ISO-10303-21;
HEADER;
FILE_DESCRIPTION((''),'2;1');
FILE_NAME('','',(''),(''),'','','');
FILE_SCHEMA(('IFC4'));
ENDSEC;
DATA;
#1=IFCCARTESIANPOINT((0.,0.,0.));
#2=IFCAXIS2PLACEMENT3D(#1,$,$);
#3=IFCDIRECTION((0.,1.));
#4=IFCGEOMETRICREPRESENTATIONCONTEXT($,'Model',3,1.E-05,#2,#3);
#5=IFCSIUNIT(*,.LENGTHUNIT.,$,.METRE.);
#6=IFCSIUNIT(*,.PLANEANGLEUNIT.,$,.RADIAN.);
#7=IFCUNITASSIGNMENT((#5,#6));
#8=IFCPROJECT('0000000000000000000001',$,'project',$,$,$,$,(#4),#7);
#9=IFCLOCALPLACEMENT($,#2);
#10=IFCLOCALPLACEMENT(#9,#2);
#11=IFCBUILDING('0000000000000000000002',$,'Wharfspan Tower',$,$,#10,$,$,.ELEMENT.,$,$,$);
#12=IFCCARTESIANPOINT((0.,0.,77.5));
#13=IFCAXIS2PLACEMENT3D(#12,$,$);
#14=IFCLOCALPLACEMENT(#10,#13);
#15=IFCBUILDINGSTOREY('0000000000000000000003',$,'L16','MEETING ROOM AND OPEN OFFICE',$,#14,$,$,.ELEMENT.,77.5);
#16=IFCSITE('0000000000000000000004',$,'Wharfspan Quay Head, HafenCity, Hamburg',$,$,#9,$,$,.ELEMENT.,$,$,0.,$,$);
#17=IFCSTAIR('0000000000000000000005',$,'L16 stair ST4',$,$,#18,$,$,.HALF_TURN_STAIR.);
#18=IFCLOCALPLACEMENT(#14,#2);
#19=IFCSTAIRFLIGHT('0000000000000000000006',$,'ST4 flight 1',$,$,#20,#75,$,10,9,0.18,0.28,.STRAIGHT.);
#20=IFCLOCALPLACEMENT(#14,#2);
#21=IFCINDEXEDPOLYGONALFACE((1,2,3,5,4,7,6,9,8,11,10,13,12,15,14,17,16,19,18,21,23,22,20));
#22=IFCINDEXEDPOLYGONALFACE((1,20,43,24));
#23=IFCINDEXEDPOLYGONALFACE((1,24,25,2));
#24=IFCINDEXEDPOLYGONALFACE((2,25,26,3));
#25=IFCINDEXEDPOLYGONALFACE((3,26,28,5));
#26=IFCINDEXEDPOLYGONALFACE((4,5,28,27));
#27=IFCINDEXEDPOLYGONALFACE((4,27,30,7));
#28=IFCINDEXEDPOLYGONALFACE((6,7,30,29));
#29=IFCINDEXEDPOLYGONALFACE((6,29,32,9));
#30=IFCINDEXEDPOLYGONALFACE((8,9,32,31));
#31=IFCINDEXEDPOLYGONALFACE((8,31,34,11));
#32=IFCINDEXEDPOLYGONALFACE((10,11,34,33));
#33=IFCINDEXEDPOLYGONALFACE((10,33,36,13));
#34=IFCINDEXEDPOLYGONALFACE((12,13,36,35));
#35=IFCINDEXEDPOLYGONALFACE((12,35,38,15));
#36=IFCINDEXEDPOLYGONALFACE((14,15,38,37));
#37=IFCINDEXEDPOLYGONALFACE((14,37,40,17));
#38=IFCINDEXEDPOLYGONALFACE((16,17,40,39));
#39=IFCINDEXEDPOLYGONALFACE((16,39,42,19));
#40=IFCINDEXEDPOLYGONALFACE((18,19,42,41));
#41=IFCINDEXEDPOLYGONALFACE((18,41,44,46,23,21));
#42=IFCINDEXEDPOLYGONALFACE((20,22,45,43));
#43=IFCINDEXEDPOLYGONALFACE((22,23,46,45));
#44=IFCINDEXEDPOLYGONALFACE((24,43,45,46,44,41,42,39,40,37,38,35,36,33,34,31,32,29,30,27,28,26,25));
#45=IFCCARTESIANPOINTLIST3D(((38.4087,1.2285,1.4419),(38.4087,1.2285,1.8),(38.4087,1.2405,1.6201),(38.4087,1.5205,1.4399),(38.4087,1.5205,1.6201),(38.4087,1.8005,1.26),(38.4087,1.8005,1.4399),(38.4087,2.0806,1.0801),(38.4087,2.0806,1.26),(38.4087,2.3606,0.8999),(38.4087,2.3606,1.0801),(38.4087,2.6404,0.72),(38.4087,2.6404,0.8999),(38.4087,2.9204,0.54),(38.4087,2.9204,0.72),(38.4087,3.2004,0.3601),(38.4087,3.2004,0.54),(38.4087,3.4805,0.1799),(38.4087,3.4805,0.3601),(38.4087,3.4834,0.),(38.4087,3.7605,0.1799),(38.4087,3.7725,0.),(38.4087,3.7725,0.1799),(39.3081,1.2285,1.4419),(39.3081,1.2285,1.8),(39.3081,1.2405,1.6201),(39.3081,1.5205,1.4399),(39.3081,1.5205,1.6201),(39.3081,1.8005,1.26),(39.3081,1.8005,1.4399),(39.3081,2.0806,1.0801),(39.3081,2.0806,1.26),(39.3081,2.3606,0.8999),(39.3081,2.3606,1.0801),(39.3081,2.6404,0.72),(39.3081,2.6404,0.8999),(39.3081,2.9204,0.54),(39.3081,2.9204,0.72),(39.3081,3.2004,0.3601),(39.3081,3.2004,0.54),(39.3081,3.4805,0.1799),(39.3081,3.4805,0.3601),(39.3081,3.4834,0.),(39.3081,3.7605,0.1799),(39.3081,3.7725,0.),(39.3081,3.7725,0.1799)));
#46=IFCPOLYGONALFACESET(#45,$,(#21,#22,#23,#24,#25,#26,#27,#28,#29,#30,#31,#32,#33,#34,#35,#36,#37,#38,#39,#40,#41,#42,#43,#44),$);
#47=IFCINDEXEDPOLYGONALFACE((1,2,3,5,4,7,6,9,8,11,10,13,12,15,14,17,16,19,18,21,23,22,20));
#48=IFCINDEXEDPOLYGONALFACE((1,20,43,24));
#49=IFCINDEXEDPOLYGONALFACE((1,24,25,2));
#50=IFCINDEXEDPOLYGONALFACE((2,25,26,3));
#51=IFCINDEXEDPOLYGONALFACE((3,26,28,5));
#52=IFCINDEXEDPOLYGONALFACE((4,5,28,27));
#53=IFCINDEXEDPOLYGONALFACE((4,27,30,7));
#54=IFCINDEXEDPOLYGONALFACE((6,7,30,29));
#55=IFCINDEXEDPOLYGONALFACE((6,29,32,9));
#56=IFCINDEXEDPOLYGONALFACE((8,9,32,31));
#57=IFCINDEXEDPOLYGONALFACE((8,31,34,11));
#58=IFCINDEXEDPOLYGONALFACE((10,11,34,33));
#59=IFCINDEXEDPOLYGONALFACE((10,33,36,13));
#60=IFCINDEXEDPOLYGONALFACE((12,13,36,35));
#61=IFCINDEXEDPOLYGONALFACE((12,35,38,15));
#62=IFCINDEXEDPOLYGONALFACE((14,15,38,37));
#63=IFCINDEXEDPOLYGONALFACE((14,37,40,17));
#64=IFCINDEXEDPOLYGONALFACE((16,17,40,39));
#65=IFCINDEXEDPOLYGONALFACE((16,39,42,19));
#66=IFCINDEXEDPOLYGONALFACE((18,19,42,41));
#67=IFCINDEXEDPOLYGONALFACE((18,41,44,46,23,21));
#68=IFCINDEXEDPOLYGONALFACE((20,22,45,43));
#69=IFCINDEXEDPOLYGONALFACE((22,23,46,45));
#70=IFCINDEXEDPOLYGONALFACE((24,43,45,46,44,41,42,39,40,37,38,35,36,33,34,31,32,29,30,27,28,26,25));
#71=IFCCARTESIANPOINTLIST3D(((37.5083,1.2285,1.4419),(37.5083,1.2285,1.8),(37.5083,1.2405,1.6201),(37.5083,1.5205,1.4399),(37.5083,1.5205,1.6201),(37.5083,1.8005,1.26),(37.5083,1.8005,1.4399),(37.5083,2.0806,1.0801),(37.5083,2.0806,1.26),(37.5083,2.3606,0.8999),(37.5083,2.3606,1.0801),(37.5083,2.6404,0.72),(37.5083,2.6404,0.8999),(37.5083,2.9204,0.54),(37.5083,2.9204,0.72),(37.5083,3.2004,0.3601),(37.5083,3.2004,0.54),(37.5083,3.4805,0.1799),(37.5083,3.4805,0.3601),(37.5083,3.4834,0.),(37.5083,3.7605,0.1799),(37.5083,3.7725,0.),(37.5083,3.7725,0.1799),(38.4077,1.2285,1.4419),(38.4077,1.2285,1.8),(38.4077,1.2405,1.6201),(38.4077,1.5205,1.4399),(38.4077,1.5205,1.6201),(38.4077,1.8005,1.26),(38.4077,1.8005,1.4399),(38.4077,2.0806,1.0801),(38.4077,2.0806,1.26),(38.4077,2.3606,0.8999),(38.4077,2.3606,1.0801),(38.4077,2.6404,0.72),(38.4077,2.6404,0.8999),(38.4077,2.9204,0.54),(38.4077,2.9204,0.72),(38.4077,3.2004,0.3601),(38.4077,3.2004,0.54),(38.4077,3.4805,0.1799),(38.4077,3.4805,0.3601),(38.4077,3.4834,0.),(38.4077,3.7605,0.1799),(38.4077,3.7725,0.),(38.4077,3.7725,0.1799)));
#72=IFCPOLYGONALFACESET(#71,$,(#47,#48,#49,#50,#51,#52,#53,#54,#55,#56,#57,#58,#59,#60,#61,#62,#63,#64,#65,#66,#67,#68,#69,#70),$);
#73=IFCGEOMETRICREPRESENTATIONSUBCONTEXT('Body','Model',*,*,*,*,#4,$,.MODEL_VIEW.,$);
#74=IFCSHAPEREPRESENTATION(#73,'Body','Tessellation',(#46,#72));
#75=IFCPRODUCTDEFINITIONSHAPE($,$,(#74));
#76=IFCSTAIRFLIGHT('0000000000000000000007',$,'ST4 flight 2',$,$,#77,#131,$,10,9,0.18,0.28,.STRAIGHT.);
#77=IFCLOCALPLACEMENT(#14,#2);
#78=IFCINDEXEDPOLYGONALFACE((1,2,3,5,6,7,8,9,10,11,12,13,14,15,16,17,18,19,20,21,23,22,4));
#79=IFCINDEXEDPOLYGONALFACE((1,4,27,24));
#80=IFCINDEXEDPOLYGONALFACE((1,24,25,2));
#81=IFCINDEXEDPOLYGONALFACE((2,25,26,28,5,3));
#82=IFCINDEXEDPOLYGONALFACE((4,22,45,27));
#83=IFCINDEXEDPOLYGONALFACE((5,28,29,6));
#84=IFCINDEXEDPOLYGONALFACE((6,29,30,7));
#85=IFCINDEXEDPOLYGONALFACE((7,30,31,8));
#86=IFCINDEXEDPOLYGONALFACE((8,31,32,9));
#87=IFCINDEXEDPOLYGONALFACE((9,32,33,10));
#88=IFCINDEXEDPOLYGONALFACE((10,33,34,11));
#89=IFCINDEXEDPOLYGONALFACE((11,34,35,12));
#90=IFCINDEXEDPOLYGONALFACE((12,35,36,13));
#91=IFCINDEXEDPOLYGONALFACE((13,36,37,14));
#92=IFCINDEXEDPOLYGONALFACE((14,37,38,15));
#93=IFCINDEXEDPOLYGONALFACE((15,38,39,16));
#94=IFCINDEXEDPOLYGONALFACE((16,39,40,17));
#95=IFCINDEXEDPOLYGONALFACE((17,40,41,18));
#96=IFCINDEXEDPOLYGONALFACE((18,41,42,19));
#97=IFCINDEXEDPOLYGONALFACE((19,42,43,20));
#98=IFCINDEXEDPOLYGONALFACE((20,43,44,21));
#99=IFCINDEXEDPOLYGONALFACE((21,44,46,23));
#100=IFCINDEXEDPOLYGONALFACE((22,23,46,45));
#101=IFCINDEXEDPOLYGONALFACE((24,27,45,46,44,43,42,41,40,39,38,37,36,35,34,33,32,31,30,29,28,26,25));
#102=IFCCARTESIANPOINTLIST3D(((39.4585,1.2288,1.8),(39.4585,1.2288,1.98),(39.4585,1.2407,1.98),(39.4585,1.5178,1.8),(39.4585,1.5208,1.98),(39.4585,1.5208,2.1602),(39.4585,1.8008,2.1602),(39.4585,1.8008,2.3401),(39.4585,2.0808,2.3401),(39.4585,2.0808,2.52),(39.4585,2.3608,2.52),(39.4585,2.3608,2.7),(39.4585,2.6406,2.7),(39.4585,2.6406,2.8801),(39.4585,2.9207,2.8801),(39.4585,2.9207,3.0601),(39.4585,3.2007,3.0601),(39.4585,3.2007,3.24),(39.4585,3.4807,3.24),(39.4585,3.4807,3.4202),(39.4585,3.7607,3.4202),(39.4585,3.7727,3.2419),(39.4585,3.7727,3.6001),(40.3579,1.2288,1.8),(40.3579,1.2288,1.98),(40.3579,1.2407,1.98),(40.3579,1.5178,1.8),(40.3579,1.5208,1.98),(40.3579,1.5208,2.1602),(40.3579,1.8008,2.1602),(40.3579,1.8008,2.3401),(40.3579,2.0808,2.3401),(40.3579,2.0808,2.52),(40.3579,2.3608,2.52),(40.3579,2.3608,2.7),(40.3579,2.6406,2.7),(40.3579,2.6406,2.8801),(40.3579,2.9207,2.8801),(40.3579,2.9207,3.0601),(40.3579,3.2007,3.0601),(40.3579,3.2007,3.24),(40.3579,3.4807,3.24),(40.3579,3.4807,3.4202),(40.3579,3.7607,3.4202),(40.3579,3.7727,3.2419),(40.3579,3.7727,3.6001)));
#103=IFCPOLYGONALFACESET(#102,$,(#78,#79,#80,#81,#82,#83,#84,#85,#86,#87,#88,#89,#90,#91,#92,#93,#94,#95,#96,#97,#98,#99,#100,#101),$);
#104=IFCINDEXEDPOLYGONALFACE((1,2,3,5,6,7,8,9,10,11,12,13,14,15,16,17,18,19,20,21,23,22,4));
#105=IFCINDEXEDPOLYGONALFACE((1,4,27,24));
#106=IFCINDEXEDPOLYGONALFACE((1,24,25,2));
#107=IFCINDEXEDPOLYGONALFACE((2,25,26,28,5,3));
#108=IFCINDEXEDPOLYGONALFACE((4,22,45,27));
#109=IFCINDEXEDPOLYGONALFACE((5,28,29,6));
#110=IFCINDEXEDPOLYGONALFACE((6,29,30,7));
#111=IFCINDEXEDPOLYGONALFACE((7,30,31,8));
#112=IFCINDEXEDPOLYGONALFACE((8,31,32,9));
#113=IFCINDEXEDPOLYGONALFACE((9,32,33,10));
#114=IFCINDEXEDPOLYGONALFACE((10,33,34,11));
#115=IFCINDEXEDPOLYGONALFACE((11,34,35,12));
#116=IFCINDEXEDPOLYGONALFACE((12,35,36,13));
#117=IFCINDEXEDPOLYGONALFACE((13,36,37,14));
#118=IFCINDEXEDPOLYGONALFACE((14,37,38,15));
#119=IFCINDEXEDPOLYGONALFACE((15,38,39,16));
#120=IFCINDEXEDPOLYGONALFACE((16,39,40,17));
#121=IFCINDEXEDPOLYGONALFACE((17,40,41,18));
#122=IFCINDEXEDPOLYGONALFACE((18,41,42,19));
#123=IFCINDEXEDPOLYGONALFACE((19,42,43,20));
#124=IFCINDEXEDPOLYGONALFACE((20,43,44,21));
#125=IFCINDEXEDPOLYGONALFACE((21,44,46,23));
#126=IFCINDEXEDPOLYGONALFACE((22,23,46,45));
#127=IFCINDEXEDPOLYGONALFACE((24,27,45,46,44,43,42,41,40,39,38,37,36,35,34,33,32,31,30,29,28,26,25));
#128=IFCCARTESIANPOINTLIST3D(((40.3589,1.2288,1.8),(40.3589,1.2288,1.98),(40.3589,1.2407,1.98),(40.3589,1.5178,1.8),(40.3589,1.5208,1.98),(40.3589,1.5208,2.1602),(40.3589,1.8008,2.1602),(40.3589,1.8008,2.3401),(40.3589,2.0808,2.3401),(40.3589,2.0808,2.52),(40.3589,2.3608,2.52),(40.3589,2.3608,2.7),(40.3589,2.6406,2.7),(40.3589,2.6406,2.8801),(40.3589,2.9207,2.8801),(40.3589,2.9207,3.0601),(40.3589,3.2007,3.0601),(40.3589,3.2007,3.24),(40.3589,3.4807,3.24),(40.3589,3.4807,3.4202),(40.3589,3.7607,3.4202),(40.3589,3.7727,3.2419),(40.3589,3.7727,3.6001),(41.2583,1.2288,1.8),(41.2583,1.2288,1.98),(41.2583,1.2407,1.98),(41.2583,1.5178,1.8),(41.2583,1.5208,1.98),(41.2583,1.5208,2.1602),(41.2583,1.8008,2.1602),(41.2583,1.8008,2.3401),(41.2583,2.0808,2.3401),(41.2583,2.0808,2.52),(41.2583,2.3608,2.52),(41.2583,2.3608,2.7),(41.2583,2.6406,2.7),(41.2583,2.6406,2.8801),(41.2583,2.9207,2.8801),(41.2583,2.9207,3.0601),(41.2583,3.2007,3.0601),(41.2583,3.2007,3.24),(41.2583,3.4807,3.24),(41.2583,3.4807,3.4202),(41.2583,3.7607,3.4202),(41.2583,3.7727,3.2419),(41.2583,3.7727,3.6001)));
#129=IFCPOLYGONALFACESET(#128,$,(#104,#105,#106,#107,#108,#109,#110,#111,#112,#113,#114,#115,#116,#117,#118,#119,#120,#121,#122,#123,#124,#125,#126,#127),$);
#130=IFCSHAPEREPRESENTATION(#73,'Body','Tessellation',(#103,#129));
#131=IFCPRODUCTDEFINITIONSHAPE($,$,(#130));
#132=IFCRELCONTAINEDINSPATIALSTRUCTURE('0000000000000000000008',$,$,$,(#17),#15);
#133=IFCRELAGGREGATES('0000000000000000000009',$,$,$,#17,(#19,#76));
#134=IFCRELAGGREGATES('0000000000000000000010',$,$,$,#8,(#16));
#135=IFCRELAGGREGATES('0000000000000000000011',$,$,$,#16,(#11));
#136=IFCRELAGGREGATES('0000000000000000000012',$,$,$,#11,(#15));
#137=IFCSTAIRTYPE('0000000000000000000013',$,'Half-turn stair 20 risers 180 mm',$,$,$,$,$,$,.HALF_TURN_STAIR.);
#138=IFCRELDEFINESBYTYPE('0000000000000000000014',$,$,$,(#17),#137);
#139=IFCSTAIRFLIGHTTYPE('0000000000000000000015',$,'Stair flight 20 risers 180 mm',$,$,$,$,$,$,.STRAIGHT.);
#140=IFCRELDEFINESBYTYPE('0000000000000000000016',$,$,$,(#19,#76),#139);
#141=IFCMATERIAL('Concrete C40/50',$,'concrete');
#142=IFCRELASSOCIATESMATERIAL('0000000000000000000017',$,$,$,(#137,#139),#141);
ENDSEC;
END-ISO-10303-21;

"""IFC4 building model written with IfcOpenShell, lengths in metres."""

from ifc_helpers import new_model, si_unit, direction, frame, origin, place, context, subcontext, project, spatial, polyline, outline, extrude, material, type_object, element, aggregate, save


model = new_model("IFC4")

# Units and contexts
model_context = context("Model", 3, precision=1e-05, world=origin(), true_north=direction((0.0, 1.0)))
body_context = subcontext(model_context, "Body", "Model", "MODEL_VIEW")
ifc_project = project(units=[si_unit("LENGTHUNIT", "METRE"), si_unit("PLANEANGLEUNIT", "RADIAN")], contexts=[model_context])

# Site, building, storey
site_placement = place(None, origin())
site = spatial("IfcSite", under=ifc_project, at=site_placement, Name="Wharfspan Quay Head, HafenCity, Hamburg", CompositionType="ELEMENT", RefElevation=0.0)
building_placement = place(site_placement, origin())
building = spatial("IfcBuilding", under=site, at=building_placement, Name="Wharfspan Tower", CompositionType="ELEMENT")
storey_placement = place(building_placement, frame((0.0, 0.0, 77.5)))
storey = spatial("IfcBuildingStorey", under=building, at=storey_placement, Name="L16", Description="MEETING ROOM AND OPEN OFFICE", CompositionType="ELEMENT", Elevation=77.5)

# Stair, stair flights
ifc_material_1 = material(Name="Concrete C40/50", Category="concrete")
stair_type = type_object("IfcStairType", Name="Half-turn stair 20 risers 180 mm", PredefinedType="HALF_TURN_STAIR", material=ifc_material_1)
stair_placement = place(storey_placement, origin())
stair = element("IfcStair", 1, at=stair_placement, inside=storey, type_object=stair_type, Name="L16 stair ST4", PredefinedType="HALF_TURN_STAIR")
stair_flight_type = type_object("IfcStairFlightType", Name="Stair flight 20 risers 180 mm", PredefinedType="STRAIGHT", material=ifc_material_1)
stair_flight_1_placement = place(storey_placement, frame((38.4082, 3.7605, 0.0), z_axis=(0.0, 0.0, 1.0), x_axis=(0.0, -1.0, 0.0)))
stair_flight_1 = element("IfcStairFlight", 2, at=stair_flight_1_placement, type_object=stair_flight_type, Name="ST4 flight 1", NumberOfRisers=10, NumberOfTreads=9, PredefinedType="STRAIGHT", RiserHeight=0.18, TreadLength=0.28, context=body_context, shape_type="SweptSolid", body=[
    extrude(outline(polyline([(-0.012, 0.0), (-0.012, 0.1799), (0.0, 0.1799), (0.28, 0.1799), (0.28, 0.3601), (0.5601, 0.3601), (0.5601, 0.54), (0.8401, 0.54), (0.8401, 0.72), (1.1201, 0.72), (1.1201, 0.8999), (1.3999, 0.8999), (1.3999, 1.0801), (1.6799, 1.0801), (1.6799, 1.26), (1.96, 1.26), (1.96, 1.4399), (2.24, 1.4399), (2.24, 1.6201), (2.52, 1.6201), (2.532, 1.8), (2.532, 1.4419), (0.2771, 0.0), (-0.012, 0.0)])), frame((0.0, 0.8999, 0.0), z_axis=(0.0, -1.0, 0.0), x_axis=(1.0, 0.0, 0.0)), (0.0, 0.0, 1.0), 0.8994),
    extrude(outline(polyline([(-0.012, 0.0), (-0.012, 0.1799), (0.0, 0.1799), (0.28, 0.1799), (0.28, 0.3601), (0.5601, 0.3601), (0.5601, 0.54), (0.8401, 0.54), (0.8401, 0.72), (1.1201, 0.72), (1.1201, 0.8999), (1.3999, 0.8999), (1.3999, 1.0801), (1.6799, 1.0801), (1.6799, 1.26), (1.96, 1.26), (1.96, 1.4399), (2.24, 1.4399), (2.24, 1.6201), (2.52, 1.6201), (2.532, 1.8), (2.532, 1.4419), (0.2771, 0.0), (-0.012, 0.0)])), frame((0.0, -0.0005, 0.0), z_axis=(0.0, -1.0, 0.0), x_axis=(1.0, 0.0, 0.0)), (0.0, 0.0, 1.0), 0.8994),
])
stair_flight_2_placement = place(storey_placement, frame((40.3584, 1.2407, 1.8), z_axis=(0.0, 0.0, 1.0), x_axis=(0.0, 1.0, 0.0)))
stair_flight_2 = element("IfcStairFlight", 3, at=stair_flight_2_placement, type_object=stair_flight_type, Name="ST4 flight 2", NumberOfRisers=10, NumberOfTreads=9, PredefinedType="STRAIGHT", RiserHeight=0.18, TreadLength=0.28, context=body_context, shape_type="SweptSolid", body=[
    extrude(outline(polyline([(-0.012, 0.0), (-0.012, 0.1799), (0.0, 0.1799), (0.28, 0.1799), (0.28, 0.3601), (0.5601, 0.3601), (0.5601, 0.54), (0.8401, 0.54), (0.8401, 0.72), (1.1201, 0.72), (1.1201, 0.8999), (1.3999, 0.8999), (1.3999, 1.0801), (1.6799, 1.0801), (1.6799, 1.26), (1.96, 1.26), (1.96, 1.4399), (2.24, 1.4399), (2.24, 1.6201), (2.52, 1.6201), (2.532, 1.8), (2.532, 1.4419), (0.2771, 0.0), (-0.012, 0.0)])), frame((0.0, 0.8999, 0.0), z_axis=(0.0, -1.0, 0.0), x_axis=(1.0, 0.0, 0.0)), (0.0, 0.0, 1.0), 0.8994),
    extrude(outline(polyline([(-0.012, 0.0), (-0.012, 0.1799), (0.0, 0.1799), (0.28, 0.1799), (0.28, 0.3601), (0.5601, 0.3601), (0.5601, 0.54), (0.8401, 0.54), (0.8401, 0.72), (1.1201, 0.72), (1.1201, 0.8999), (1.3999, 0.8999), (1.3999, 1.0801), (1.6799, 1.0801), (1.6799, 1.26), (1.96, 1.26), (1.96, 1.4399), (2.24, 1.4399), (2.24, 1.6201), (2.52, 1.6201), (2.532, 1.8), (2.532, 1.4419), (0.2771, 0.0), (-0.012, 0.0)])), frame((0.0, -0.0005, 0.0), z_axis=(0.0, -1.0, 0.0), x_axis=(1.0, 0.0, 0.0)), (0.0, 0.0, 1.0), 0.8994),
])
aggregate(stair, [stair_flight_1, stair_flight_2])

save(model, "model.ifc")
